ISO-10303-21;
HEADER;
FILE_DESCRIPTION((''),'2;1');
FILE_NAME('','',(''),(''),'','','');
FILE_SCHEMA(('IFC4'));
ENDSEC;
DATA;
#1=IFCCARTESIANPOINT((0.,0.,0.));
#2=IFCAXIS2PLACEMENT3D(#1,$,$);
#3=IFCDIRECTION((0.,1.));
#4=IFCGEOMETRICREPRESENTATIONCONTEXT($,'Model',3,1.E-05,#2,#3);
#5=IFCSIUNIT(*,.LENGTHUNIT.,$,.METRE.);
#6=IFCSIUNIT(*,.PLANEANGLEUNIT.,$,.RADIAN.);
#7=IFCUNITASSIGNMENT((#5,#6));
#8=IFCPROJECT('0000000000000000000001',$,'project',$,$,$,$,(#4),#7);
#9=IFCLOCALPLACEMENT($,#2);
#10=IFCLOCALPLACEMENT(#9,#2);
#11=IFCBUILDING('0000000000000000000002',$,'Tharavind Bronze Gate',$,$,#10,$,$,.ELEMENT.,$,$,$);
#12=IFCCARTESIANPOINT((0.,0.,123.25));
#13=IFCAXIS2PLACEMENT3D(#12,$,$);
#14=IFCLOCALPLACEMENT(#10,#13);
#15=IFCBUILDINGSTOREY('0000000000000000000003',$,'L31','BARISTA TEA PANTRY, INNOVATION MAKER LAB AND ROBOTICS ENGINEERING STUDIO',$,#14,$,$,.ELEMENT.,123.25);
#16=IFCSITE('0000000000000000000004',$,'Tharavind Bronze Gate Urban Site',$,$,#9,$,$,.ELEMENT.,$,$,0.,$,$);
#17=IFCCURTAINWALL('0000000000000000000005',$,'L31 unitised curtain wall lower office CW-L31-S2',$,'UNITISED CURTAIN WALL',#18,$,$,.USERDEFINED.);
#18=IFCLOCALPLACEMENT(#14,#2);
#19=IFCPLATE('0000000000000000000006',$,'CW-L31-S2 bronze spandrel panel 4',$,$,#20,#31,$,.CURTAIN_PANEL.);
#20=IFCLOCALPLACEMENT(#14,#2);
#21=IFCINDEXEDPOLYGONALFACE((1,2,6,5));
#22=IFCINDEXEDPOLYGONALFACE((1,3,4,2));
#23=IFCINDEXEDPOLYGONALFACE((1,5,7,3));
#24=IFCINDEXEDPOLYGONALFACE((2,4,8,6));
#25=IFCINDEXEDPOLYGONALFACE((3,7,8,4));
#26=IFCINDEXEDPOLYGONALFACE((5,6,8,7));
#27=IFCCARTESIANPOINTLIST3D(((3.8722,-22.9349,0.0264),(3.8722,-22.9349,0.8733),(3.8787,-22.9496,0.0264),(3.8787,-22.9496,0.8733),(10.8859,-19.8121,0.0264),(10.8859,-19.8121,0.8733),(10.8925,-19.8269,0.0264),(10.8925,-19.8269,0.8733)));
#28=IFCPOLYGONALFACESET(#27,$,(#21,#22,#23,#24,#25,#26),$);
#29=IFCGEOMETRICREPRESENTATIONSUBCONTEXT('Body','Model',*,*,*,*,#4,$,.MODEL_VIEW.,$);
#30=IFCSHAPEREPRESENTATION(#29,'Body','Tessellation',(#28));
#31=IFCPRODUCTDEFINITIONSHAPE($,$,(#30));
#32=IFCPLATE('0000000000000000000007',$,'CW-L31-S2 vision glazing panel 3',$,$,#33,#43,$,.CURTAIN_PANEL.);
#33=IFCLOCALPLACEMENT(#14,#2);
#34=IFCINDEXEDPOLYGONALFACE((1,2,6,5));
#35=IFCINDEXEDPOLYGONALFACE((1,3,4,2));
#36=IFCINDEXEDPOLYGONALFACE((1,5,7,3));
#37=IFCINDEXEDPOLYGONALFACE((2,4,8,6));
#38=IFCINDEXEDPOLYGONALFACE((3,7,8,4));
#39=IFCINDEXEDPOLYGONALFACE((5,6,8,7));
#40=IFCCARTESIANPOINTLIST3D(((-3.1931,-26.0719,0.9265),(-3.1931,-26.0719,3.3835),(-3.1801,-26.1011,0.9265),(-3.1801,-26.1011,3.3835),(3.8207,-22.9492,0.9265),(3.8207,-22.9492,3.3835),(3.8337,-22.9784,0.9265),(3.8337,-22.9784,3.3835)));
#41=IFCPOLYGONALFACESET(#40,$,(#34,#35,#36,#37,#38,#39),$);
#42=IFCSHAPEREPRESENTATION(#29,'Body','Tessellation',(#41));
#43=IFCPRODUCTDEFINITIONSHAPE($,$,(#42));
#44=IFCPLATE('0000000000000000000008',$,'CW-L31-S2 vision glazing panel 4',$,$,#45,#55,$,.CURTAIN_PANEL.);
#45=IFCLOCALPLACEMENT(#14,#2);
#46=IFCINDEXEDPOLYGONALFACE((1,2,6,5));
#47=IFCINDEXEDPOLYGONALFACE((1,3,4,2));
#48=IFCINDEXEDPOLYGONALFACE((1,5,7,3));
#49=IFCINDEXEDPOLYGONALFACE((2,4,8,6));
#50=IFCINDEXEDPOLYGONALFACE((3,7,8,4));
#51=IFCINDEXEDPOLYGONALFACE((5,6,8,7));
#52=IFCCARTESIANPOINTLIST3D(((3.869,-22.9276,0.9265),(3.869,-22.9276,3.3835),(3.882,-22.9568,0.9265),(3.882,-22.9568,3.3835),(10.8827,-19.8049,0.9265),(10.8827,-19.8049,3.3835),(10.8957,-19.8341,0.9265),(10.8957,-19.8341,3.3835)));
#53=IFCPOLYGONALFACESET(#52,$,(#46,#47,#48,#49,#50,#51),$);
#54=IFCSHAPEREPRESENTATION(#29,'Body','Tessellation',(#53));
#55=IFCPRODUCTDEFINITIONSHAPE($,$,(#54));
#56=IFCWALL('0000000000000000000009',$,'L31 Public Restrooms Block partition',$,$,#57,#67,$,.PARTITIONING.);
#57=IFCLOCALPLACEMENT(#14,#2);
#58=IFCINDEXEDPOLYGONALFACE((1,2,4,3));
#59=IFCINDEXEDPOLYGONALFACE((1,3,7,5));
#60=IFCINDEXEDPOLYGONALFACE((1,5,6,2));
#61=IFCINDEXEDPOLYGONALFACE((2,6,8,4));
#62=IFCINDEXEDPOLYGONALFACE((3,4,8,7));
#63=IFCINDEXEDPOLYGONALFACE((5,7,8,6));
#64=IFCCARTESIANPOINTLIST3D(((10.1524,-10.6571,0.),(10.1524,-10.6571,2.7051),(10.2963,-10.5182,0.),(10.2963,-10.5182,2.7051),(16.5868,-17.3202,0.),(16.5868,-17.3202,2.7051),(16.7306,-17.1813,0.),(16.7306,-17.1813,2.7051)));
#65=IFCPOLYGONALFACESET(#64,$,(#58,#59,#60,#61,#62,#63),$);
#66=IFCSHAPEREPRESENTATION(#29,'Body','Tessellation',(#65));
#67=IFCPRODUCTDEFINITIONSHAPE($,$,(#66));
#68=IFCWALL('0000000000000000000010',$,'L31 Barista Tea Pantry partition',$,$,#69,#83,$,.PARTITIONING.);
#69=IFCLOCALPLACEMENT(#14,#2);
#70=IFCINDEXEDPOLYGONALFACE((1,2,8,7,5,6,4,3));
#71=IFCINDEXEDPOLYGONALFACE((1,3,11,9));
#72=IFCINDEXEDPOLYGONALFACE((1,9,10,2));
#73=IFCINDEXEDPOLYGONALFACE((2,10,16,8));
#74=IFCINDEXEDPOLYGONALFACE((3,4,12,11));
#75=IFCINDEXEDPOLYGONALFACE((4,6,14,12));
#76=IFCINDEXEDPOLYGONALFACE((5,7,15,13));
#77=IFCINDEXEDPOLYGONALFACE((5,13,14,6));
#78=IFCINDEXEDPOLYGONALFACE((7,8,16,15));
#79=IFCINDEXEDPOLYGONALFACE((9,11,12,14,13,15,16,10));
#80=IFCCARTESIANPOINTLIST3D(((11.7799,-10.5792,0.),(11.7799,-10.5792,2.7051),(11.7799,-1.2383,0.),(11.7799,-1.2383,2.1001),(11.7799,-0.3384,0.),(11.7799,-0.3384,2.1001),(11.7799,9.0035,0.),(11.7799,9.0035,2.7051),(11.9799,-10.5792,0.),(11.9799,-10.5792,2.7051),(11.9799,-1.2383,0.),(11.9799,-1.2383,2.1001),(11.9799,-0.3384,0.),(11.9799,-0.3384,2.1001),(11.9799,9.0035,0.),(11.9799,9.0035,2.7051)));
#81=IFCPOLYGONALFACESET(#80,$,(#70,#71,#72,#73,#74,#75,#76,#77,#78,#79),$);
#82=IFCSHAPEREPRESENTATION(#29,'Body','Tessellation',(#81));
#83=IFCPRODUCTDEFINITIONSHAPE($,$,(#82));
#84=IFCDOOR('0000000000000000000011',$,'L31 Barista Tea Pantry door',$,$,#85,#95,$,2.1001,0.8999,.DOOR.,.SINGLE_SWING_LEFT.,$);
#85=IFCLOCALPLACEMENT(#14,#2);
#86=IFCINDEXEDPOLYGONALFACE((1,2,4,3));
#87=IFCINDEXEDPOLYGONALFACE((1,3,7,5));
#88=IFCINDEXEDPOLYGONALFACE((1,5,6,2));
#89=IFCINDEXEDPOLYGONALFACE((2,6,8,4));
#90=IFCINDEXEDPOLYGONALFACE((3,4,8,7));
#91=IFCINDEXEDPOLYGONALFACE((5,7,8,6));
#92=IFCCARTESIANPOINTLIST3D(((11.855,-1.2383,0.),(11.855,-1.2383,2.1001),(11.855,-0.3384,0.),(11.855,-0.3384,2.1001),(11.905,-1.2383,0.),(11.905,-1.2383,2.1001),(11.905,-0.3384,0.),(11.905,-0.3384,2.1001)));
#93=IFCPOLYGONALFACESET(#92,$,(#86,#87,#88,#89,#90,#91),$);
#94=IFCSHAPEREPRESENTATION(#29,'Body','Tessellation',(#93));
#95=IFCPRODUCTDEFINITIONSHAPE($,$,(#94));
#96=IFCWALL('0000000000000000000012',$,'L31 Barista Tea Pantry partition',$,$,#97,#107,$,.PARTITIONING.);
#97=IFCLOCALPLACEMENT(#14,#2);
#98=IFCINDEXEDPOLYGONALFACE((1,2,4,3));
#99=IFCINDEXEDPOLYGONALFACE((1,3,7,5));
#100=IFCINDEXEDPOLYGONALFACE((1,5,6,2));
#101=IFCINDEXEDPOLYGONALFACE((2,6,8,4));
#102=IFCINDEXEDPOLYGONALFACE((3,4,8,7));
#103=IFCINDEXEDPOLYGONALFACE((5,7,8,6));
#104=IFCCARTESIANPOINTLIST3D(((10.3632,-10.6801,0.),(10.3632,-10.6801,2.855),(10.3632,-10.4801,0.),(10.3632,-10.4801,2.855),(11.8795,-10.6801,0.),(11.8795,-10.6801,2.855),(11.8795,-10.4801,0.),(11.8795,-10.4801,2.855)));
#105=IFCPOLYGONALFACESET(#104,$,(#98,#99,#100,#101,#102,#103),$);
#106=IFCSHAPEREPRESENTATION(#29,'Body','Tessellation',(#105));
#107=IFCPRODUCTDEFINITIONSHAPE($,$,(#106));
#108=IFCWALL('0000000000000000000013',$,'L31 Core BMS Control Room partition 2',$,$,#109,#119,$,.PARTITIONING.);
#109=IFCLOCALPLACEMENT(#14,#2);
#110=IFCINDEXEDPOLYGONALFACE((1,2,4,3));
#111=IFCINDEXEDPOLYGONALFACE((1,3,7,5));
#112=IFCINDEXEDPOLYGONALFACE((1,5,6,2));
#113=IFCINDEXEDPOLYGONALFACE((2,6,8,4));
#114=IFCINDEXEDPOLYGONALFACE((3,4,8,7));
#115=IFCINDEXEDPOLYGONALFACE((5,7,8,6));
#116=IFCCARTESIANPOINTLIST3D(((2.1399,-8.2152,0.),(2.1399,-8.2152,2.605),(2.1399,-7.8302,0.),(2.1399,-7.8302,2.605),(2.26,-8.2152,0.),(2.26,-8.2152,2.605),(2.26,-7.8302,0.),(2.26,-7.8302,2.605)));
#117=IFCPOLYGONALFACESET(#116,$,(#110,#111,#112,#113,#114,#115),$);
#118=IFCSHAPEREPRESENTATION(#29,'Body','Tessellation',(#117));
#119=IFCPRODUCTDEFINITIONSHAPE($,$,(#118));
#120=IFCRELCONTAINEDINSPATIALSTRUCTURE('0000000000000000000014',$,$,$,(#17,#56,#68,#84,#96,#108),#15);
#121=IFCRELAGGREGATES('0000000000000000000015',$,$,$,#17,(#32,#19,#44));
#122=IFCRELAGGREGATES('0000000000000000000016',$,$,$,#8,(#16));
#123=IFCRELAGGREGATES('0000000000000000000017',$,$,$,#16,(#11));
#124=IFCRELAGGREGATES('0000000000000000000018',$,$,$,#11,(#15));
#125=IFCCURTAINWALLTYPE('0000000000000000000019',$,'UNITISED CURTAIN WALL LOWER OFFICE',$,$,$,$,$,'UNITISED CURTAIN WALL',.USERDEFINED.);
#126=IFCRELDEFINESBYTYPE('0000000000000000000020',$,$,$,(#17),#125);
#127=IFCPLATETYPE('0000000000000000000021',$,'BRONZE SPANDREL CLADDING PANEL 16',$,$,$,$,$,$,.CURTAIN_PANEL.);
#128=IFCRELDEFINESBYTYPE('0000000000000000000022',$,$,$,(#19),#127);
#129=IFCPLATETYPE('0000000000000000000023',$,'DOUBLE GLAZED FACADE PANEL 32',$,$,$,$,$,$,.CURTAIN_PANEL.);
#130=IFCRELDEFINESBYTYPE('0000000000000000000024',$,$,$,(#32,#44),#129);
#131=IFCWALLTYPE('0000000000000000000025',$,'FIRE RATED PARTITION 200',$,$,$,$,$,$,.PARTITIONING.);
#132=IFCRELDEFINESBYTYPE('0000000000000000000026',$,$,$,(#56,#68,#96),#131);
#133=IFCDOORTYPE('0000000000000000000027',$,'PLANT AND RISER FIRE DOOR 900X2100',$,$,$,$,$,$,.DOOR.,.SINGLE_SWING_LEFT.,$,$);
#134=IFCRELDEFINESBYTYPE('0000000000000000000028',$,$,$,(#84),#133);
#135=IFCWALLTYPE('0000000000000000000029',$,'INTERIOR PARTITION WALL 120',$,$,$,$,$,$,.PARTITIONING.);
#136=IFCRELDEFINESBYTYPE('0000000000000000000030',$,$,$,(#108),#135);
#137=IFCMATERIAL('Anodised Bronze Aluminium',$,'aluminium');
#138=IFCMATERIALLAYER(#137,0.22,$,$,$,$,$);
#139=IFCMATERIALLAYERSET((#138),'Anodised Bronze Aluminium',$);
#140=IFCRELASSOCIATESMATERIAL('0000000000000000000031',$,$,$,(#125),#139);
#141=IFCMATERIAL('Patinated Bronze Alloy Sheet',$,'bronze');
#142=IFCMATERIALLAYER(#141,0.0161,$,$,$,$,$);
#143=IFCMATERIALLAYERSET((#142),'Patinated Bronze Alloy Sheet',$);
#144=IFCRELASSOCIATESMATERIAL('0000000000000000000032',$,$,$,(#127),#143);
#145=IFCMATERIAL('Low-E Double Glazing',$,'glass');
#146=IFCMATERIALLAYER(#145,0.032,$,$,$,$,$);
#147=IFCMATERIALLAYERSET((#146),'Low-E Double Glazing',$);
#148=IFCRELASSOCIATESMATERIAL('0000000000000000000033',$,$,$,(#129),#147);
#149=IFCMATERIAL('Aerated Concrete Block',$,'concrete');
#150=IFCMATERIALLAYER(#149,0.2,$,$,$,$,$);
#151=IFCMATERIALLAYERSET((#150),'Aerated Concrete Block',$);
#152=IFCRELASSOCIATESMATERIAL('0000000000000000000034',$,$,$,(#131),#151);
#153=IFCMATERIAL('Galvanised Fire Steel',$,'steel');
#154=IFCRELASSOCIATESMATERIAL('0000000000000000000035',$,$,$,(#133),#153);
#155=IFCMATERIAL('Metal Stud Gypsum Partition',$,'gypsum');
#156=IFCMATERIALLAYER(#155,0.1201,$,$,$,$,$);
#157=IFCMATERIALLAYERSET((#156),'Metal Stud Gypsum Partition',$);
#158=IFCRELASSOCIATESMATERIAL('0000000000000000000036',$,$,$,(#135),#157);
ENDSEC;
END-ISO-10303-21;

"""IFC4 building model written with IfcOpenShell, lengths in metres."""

from ifc_helpers import new_model, si_unit, direction, frame, frame_2d, origin, origin_2d, place, context, subcontext, project, spatial, rectangle, extrude, material, layer, layer_set, type_object, element, fill, aggregate, save


model = new_model("IFC4")

# Units and contexts
model_context = context("Model", 3, precision=1e-05, world=origin(), true_north=direction((0.0, 1.0)))
body_context = subcontext(model_context, "Body", "Model", "MODEL_VIEW")
ifc_project = project(units=[si_unit("LENGTHUNIT", "METRE"), si_unit("PLANEANGLEUNIT", "RADIAN")], contexts=[model_context])

# Site, building, storey
site_placement = place(None, origin())
site = spatial("IfcSite", under=ifc_project, at=site_placement, Name="Tharavind Bronze Gate Urban Site", CompositionType="ELEMENT", RefElevation=0.0)
building_placement = place(site_placement, origin())
building = spatial("IfcBuilding", under=site, at=building_placement, Name="Tharavind Bronze Gate", CompositionType="ELEMENT")
storey_placement = place(building_placement, frame((0.0, 0.0, 123.25)))
storey = spatial("IfcBuildingStorey", under=building, at=storey_placement, Name="L31", Description="BARISTA TEA PANTRY, INNOVATION MAKER LAB AND ROBOTICS ENGINEERING STUDIO", CompositionType="ELEMENT", Elevation=123.25)

# Curtain wall
ifc_material_1 = material(Name="Anodised Bronze Aluminium", Category="aluminium")
ifc_layer_1 = layer(ifc_material_1, 0.22)
ifc_layer_set_1 = layer_set([ifc_layer_1], Name="Anodised Bronze Aluminium")
curtain_wall_type = type_object("IfcCurtainWallType", Name="UNITISED CURTAIN WALL LOWER OFFICE", ElementType="UNITISED CURTAIN WALL", PredefinedType="USERDEFINED", material=ifc_layer_set_1)
curtain_wall_placement = place(storey_placement, origin())
curtain_wall = element("IfcCurtainWall", 1, at=curtain_wall_placement, inside=storey, type_object=curtain_wall_type, Name="L31 unitised curtain wall lower office CW-L31-S2", ObjectType="UNITISED CURTAIN WALL", PredefinedType="USERDEFINED")

# Plates
ifc_material_2 = material(Name="Patinated Bronze Alloy Sheet", Category="bronze")
ifc_layer_2 = layer(ifc_material_2, 0.0161)
ifc_layer_set_2 = layer_set([ifc_layer_2], Name="Patinated Bronze Alloy Sheet")
plate_type_1 = type_object("IfcPlateType", Name="BRONZE SPANDREL CLADDING PANEL 16", PredefinedType="CURTAIN_PANEL", material=ifc_layer_set_2)
plate_1_placement = place(storey_placement, frame((7.3823, -21.3809, 0.0264), z_axis=(0.0, 0.0, 1.0), x_axis=(0.913545, 0.406737, 0.0)))
plate_1 = element("IfcPlate", 2, at=plate_1_placement, type_object=plate_type_1, Name="CW-L31-S2 bronze spandrel panel 4", PredefinedType="CURTAIN_PANEL", context=body_context, shape_type="SweptSolid", body=[
    extrude(rectangle(XDim=7.6775, YDim=0.0161, at=origin_2d()), origin(), (0.0, 0.0, 1.0), 0.8469),
])
ifc_material_3 = material(Name="Low-E Double Glazing", Category="glass")
ifc_layer_3 = layer(ifc_material_3, 0.032)
ifc_layer_set_3 = layer_set([ifc_layer_3], Name="Low-E Double Glazing")
plate_type_2 = type_object("IfcPlateType", Name="DOUBLE GLAZED FACADE PANEL 32", PredefinedType="CURTAIN_PANEL", material=ifc_layer_set_3)
plate_2_placement = place(storey_placement, frame((0.3203, -24.5251, 0.9265), z_axis=(0.0, 0.0, 1.0), x_axis=(0.913545, 0.406737, 0.0)))
plate_2 = element("IfcPlate", 3, at=plate_2_placement, type_object=plate_type_2, Name="CW-L31-S2 vision glazing panel 3", PredefinedType="CURTAIN_PANEL", context=body_context, shape_type="SweptSolid", body=[
    extrude(rectangle(XDim=7.6775, YDim=0.032, at=origin_2d()), origin(), (0.0, 0.0, 1.0), 2.457),
])
plate_3_placement = place(storey_placement, frame((7.3823, -21.3809, 0.9265), z_axis=(0.0, 0.0, 1.0), x_axis=(0.913545, 0.406737, 0.0)))
plate_3 = element("IfcPlate", 4, at=plate_3_placement, type_object=plate_type_2, Name="CW-L31-S2 vision glazing panel 4", PredefinedType="CURTAIN_PANEL", context=body_context, shape_type="SweptSolid", body=[
    extrude(rectangle(XDim=7.6775, YDim=0.032, at=origin_2d()), origin(), (0.0, 0.0, 1.0), 2.457),
])
aggregate(curtain_wall, [plate_2, plate_1, plate_3])

# Wall
ifc_material_4 = material(Name="Aerated Concrete Block", Category="concrete")
ifc_layer_4 = layer(ifc_material_4, 0.2)
ifc_layer_set_4 = layer_set([ifc_layer_4], Name="Aerated Concrete Block")
wall_type_1 = type_object("IfcWallType", Name="FIRE RATED PARTITION 200", PredefinedType="PARTITIONING", material=ifc_layer_set_4)
wall_1_placement = place(storey_placement, frame((10.2244, -10.5876, 0.0), z_axis=(0.0, 0.0, 1.0), x_axis=(0.69465, -0.719347, 0.0)))
element("IfcWall", 5, at=wall_1_placement, inside=storey, type_object=wall_type_1, Name="L31 Public Restrooms Block partition", PredefinedType="PARTITIONING", context=body_context, shape_type="SweptSolid", body=[
    extrude(rectangle(XDim=9.2627, YDim=0.2, at=frame_2d((4.6313, 0.0))), origin(), (0.0, 0.0, 1.0), 2.7051),
])

# Wall, opening, door
wall_2_placement = place(storey_placement, frame((11.8799, -10.5793, 0.0), z_axis=(0.0, 0.0, 1.0), x_axis=(0.0, 1.0, 0.0)))
wall_2 = element("IfcWall", 6, at=wall_2_placement, inside=storey, type_object=wall_type_1, Name="L31 Barista Tea Pantry partition", PredefinedType="PARTITIONING", context=body_context, shape_type="SweptSolid", body=[
    extrude(rectangle(XDim=19.5828, YDim=0.2, at=frame_2d((9.7915, 0.0))), origin(), (0.0, 0.0, 1.0), 2.7051),
])
opening_placement = place(wall_2_placement, frame((9.3411, 0.0, 0.0)))
opening = element("IfcOpeningElement", 7, at=opening_placement, cuts=wall_2, PredefinedType="OPENING", context=body_context, shape_type="SweptSolid", body=[
    extrude(rectangle(XDim=0.8999, YDim=2.1001, at=frame_2d((0.45, 1.05))), frame((0.0, 0.1101, 0.0), z_axis=(0.0, -1.0, 0.0), x_axis=(1.0, 0.0, 0.0)), (0.0, 0.0, 1.0), 0.22),
])
ifc_material_5 = material(Name="Galvanised Fire Steel", Category="steel")
door_type = type_object("IfcDoorType", Name="PLANT AND RISER FIRE DOOR 900X2100", OperationType="SINGLE_SWING_LEFT", PredefinedType="DOOR", material=ifc_material_5)
door_placement = place(opening_placement, origin())
door = element("IfcDoor", 8, at=door_placement, inside=storey, type_object=door_type, Name="L31 Barista Tea Pantry door", OperationType="SINGLE_SWING_LEFT", OverallHeight=2.1001, OverallWidth=0.8999, PredefinedType="DOOR", context=body_context, shape_type="SweptSolid", body=[
    extrude(rectangle(XDim=0.8999, YDim=2.1001, at=frame_2d((0.45, 1.05))), frame((0.0, 0.0249, 0.0), z_axis=(0.0, -1.0, 0.0), x_axis=(1.0, 0.0, 0.0)), (0.0, 0.0, 1.0), 0.05),
])
fill(opening, door)

# Walls
wall_3_placement = place(storey_placement, frame((10.363, -10.5801, 0.0), z_axis=(0.0, 0.0, 1.0), x_axis=(1.0, 0.0, 0.0)))
element("IfcWall", 9, at=wall_3_placement, inside=storey, type_object=wall_type_1, Name="L31 Barista Tea Pantry partition", PredefinedType="PARTITIONING", context=body_context, shape_type="SweptSolid", body=[
    extrude(rectangle(XDim=1.5164, YDim=0.2, at=frame_2d((0.7583, 0.0))), origin(), (0.0, 0.0, 1.0), 2.855),
])
ifc_material_6 = material(Name="Metal Stud Gypsum Partition", Category="gypsum")
ifc_layer_5 = layer(ifc_material_6, 0.1201)
ifc_layer_set_5 = layer_set([ifc_layer_5], Name="Metal Stud Gypsum Partition")
wall_type_2 = type_object("IfcWallType", Name="INTERIOR PARTITION WALL 120", PredefinedType="PARTITIONING", material=ifc_layer_set_5)
wall_4_placement = place(storey_placement, frame((2.2, -8.2151, 0.0), z_axis=(0.0, 0.0, 1.0), x_axis=(0.0, 1.0, 0.0)))
element("IfcWall", 10, at=wall_4_placement, inside=storey, type_object=wall_type_2, Name="L31 Core BMS Control Room partition 2", PredefinedType="PARTITIONING", context=body_context, shape_type="SweptSolid", body=[
    extrude(rectangle(XDim=0.385, YDim=0.1201, at=frame_2d((0.1924, 0.0))), origin(), (0.0, 0.0, 1.0), 2.605),
])

save(model, "model.ifc")
